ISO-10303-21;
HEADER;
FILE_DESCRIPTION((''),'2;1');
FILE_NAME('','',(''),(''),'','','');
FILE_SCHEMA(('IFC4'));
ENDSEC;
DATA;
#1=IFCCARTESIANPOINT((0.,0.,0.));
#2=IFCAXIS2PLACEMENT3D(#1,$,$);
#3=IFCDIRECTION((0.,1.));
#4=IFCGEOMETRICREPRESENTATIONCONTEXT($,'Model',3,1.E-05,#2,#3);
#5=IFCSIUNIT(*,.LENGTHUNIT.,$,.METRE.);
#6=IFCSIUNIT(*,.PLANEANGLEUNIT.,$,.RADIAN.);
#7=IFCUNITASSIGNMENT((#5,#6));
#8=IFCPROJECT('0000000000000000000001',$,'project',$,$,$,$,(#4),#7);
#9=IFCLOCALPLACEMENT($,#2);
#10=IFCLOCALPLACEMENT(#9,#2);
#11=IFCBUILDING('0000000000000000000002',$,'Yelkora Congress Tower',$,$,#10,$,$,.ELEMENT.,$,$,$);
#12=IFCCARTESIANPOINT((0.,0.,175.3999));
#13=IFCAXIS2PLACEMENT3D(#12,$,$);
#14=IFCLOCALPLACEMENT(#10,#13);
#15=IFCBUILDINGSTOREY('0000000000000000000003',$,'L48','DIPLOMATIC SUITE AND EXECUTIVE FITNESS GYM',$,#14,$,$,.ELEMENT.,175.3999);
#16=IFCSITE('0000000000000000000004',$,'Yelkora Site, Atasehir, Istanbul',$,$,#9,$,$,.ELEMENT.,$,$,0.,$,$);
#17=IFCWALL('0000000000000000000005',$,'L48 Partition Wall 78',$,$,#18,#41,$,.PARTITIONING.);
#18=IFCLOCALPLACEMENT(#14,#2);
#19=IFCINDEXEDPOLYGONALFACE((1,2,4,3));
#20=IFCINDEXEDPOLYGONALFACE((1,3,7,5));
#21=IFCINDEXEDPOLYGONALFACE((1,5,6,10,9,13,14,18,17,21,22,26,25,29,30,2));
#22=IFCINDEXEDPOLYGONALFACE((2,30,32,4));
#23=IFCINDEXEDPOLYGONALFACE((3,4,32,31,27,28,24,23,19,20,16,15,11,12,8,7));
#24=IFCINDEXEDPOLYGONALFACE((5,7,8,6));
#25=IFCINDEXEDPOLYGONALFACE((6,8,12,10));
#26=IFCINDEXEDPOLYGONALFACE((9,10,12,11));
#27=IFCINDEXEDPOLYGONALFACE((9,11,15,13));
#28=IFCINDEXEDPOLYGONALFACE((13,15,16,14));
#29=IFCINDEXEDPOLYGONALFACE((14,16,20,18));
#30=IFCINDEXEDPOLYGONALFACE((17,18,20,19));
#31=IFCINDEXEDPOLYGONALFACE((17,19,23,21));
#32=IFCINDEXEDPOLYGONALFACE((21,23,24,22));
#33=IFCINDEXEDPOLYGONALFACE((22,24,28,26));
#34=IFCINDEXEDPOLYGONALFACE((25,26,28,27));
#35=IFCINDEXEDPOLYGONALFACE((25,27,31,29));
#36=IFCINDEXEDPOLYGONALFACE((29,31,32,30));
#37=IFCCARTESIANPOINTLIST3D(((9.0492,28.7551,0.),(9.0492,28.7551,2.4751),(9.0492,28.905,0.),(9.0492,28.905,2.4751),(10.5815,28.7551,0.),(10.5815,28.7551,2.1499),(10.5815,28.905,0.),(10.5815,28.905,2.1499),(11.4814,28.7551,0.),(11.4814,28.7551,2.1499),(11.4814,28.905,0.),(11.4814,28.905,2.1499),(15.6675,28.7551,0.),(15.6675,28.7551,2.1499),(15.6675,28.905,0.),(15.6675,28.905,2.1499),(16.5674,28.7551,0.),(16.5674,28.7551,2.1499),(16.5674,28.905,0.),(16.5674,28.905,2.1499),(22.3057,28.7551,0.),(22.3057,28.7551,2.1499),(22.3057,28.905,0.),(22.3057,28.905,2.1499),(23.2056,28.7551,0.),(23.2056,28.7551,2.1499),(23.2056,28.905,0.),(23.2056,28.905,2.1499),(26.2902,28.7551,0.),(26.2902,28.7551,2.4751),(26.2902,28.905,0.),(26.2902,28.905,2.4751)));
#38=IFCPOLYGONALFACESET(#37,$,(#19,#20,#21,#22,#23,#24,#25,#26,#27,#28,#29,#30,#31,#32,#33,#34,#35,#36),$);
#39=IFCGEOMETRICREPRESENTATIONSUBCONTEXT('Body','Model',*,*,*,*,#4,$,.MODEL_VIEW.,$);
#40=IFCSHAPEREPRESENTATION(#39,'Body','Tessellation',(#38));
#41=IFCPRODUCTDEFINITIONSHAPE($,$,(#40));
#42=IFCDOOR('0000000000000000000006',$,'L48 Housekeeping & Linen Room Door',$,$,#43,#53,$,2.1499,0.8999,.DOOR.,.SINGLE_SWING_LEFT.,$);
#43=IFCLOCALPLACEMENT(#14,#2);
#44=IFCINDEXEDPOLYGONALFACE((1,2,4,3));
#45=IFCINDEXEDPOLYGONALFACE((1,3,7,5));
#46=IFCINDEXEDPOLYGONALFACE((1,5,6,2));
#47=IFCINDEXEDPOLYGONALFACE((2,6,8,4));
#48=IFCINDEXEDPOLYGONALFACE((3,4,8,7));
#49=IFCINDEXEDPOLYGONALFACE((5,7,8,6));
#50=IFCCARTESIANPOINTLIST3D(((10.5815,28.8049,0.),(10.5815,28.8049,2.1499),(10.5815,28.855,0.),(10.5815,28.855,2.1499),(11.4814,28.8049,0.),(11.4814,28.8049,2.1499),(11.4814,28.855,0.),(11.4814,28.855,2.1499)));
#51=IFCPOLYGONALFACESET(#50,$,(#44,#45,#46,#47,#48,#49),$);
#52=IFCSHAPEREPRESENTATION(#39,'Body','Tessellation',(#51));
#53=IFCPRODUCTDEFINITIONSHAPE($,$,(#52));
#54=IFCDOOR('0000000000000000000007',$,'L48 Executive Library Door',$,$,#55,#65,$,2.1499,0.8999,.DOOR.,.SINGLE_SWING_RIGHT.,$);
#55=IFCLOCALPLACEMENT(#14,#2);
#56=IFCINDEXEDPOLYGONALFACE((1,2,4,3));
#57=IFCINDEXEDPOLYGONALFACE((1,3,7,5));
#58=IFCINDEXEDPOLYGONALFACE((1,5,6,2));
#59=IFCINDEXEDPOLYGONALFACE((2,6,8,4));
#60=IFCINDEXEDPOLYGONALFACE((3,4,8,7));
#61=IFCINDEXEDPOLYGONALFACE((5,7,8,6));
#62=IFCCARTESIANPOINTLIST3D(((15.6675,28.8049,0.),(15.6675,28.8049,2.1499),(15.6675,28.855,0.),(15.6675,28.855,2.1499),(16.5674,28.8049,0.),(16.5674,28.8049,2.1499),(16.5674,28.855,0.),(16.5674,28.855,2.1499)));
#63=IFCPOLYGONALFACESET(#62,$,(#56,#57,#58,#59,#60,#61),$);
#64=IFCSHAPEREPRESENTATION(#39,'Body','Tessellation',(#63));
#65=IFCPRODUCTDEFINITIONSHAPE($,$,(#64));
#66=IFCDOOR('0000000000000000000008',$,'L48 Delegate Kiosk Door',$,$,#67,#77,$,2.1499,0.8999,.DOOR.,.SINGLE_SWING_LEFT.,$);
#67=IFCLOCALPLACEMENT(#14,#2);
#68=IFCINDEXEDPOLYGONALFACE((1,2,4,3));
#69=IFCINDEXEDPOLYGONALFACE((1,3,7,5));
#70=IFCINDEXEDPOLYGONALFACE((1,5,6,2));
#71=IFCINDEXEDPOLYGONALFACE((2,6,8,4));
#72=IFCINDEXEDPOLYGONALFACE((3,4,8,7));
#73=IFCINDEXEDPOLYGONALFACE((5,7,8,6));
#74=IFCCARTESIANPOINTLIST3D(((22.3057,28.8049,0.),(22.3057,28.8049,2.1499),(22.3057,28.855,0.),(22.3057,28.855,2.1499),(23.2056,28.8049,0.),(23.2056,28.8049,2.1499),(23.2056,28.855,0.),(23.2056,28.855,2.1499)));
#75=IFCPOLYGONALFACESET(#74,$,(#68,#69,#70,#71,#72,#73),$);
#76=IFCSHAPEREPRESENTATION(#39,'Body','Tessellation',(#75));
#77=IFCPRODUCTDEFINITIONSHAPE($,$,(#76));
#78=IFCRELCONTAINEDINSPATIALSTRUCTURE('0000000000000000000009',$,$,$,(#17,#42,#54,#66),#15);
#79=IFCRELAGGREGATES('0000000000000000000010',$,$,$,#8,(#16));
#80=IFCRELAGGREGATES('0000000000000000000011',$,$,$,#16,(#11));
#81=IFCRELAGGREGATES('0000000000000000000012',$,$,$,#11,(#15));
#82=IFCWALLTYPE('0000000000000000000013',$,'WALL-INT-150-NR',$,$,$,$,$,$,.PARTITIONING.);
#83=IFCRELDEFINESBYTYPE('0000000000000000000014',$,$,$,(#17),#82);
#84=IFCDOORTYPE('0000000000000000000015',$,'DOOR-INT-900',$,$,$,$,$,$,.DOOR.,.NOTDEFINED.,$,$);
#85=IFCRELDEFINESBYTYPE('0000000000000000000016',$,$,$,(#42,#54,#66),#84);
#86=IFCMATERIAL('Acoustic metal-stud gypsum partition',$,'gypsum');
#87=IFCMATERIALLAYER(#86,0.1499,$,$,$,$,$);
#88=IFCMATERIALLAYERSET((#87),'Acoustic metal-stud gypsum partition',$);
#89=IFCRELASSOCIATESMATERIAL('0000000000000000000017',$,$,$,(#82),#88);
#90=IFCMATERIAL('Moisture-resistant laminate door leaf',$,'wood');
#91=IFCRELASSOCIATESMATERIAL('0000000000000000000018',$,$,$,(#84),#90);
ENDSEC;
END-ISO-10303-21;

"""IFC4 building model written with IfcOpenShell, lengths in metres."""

from ifc_helpers import new_model, si_unit, direction, frame, frame_2d, origin, place, context, subcontext, project, spatial, rectangle, extrude, material, layer, layer_set, type_object, element, fill, save


model = new_model("IFC4")

# Units and contexts
model_context = context("Model", 3, precision=1e-05, world=origin(), true_north=direction((0.0, 1.0)))
body_context = subcontext(model_context, "Body", "Model", "MODEL_VIEW")
ifc_project = project(units=[si_unit("LENGTHUNIT", "METRE"), si_unit("PLANEANGLEUNIT", "RADIAN")], contexts=[model_context])

# Site, building, storey
site_placement = place(None, origin())
site = spatial("IfcSite", under=ifc_project, at=site_placement, Name="Yelkora Site, Atasehir, Istanbul", CompositionType="ELEMENT", RefElevation=0.0)
building_placement = place(site_placement, origin())
building = spatial("IfcBuilding", under=site, at=building_placement, Name="Yelkora Congress Tower", CompositionType="ELEMENT")
storey_placement = place(building_placement, frame((0.0, 0.0, 175.3999)))
storey = spatial("IfcBuildingStorey", under=building, at=storey_placement, Name="L48", Description="DIPLOMATIC SUITE AND EXECUTIVE FITNESS GYM", CompositionType="ELEMENT", Elevation=175.3999)

# Shared definitions
ifc_material_1 = material(Name="Acoustic metal-stud gypsum partition", Category="gypsum")
ifc_layer_1 = layer(ifc_material_1, 0.1499)
ifc_layer_set_1 = layer_set([ifc_layer_1], Name="Acoustic metal-stud gypsum partition")
wall_type_1 = type_object("IfcWallType", Name="WALL-INT-150-NR", PredefinedType="PARTITIONING", material=ifc_layer_set_1)
ifc_material_2 = material(Name="Moisture-resistant laminate door leaf", Category="wood")
door_type_1 = type_object("IfcDoorType", Name="DOOR-INT-900", OperationType="NOTDEFINED", PredefinedType="DOOR", material=ifc_material_2)

# Wall, openings, doors
wall_1_placement = place(storey_placement, frame((9.0491, 28.8301, 0.0), z_axis=(0.0, 0.0, 1.0), x_axis=(1.0, 0.0, 0.0)))
wall_1 = element("IfcWall", 1, at=wall_1_placement, inside=storey, type_object=wall_type_1, Name="L48 Partition Wall 78", PredefinedType="PARTITIONING", context=body_context, shape_type="SweptSolid", body=[
    extrude(rectangle(XDim=17.241, YDim=0.1499, at=frame_2d((8.6206, 0.0))), origin(), (0.0, 0.0, 1.0), 2.4751),
])
opening_1_placement = place(wall_1_placement, frame((1.5325, 0.0, 0.0)))
opening_1 = element("IfcOpeningElement", 2, at=opening_1_placement, cuts=wall_1, PredefinedType="OPENING", context=body_context, shape_type="SweptSolid", body=[
    extrude(rectangle(XDim=0.8999, YDim=2.1499, at=frame_2d((0.45, 1.075))), frame((0.0, 0.085, 0.0), z_axis=(0.0, -1.0, 0.0), x_axis=(1.0, 0.0, 0.0)), (0.0, 0.0, 1.0), 0.1699),
])
opening_2_placement = place(wall_1_placement, frame((6.6184, 0.0, 0.0)))
opening_2 = element("IfcOpeningElement", 3, at=opening_2_placement, cuts=wall_1, PredefinedType="OPENING", context=body_context, shape_type="SweptSolid", body=[
    extrude(rectangle(XDim=0.8999, YDim=2.1499, at=frame_2d((0.45, 1.075))), frame((0.0, 0.085, 0.0), z_axis=(0.0, -1.0, 0.0), x_axis=(1.0, 0.0, 0.0)), (0.0, 0.0, 1.0), 0.1699),
])
opening_3_placement = place(wall_1_placement, frame((13.2566, 0.0, 0.0)))
opening_3 = element("IfcOpeningElement", 4, at=opening_3_placement, cuts=wall_1, PredefinedType="OPENING", context=body_context, shape_type="SweptSolid", body=[
    extrude(rectangle(XDim=0.8999, YDim=2.1499, at=frame_2d((0.45, 1.075))), frame((0.0, 0.085, 0.0), z_axis=(0.0, -1.0, 0.0), x_axis=(1.0, 0.0, 0.0)), (0.0, 0.0, 1.0), 0.1699),
])
door_1_placement = place(opening_1_placement, origin())
door_1 = element("IfcDoor", 5, at=door_1_placement, inside=storey, type_object=door_type_1, Name="L48 Housekeeping & Linen Room Door", OperationType="SINGLE_SWING_LEFT", OverallHeight=2.1499, OverallWidth=0.8999, PredefinedType="DOOR", context=body_context, shape_type="SweptSolid", body=[
    extrude(rectangle(XDim=0.8999, YDim=2.1499, at=frame_2d((0.45, 1.075))), frame((0.0, 0.0249, 0.0), z_axis=(0.0, -1.0, 0.0), x_axis=(1.0, 0.0, 0.0)), (0.0, 0.0, 1.0), 0.05),
])
fill(opening_1, door_1)
door_2_placement = place(opening_2_placement, origin())
door_2 = element("IfcDoor", 6, at=door_2_placement, inside=storey, type_object=door_type_1, Name="L48 Executive Library Door", OperationType="SINGLE_SWING_RIGHT", OverallHeight=2.1499, OverallWidth=0.8999, PredefinedType="DOOR", context=body_context, shape_type="SweptSolid", body=[
    extrude(rectangle(XDim=0.8999, YDim=2.1499, at=frame_2d((0.45, 1.075))), frame((0.0, 0.0249, 0.0), z_axis=(0.0, -1.0, 0.0), x_axis=(1.0, 0.0, 0.0)), (0.0, 0.0, 1.0), 0.05),
])
fill(opening_2, door_2)
door_3_placement = place(opening_3_placement, origin())
door_3 = element("IfcDoor", 7, at=door_3_placement, inside=storey, type_object=door_type_1, Name="L48 Delegate Kiosk Door", OperationType="SINGLE_SWING_LEFT", OverallHeight=2.1499, OverallWidth=0.8999, PredefinedType="DOOR", context=body_context, shape_type="SweptSolid", body=[
    extrude(rectangle(XDim=0.8999, YDim=2.1499, at=frame_2d((0.45, 1.075))), frame((0.0, 0.0249, 0.0), z_axis=(0.0, -1.0, 0.0), x_axis=(1.0, 0.0, 0.0)), (0.0, 0.0, 1.0), 0.05),
])
fill(opening_3, door_3)

save(model, "model.ifc")
